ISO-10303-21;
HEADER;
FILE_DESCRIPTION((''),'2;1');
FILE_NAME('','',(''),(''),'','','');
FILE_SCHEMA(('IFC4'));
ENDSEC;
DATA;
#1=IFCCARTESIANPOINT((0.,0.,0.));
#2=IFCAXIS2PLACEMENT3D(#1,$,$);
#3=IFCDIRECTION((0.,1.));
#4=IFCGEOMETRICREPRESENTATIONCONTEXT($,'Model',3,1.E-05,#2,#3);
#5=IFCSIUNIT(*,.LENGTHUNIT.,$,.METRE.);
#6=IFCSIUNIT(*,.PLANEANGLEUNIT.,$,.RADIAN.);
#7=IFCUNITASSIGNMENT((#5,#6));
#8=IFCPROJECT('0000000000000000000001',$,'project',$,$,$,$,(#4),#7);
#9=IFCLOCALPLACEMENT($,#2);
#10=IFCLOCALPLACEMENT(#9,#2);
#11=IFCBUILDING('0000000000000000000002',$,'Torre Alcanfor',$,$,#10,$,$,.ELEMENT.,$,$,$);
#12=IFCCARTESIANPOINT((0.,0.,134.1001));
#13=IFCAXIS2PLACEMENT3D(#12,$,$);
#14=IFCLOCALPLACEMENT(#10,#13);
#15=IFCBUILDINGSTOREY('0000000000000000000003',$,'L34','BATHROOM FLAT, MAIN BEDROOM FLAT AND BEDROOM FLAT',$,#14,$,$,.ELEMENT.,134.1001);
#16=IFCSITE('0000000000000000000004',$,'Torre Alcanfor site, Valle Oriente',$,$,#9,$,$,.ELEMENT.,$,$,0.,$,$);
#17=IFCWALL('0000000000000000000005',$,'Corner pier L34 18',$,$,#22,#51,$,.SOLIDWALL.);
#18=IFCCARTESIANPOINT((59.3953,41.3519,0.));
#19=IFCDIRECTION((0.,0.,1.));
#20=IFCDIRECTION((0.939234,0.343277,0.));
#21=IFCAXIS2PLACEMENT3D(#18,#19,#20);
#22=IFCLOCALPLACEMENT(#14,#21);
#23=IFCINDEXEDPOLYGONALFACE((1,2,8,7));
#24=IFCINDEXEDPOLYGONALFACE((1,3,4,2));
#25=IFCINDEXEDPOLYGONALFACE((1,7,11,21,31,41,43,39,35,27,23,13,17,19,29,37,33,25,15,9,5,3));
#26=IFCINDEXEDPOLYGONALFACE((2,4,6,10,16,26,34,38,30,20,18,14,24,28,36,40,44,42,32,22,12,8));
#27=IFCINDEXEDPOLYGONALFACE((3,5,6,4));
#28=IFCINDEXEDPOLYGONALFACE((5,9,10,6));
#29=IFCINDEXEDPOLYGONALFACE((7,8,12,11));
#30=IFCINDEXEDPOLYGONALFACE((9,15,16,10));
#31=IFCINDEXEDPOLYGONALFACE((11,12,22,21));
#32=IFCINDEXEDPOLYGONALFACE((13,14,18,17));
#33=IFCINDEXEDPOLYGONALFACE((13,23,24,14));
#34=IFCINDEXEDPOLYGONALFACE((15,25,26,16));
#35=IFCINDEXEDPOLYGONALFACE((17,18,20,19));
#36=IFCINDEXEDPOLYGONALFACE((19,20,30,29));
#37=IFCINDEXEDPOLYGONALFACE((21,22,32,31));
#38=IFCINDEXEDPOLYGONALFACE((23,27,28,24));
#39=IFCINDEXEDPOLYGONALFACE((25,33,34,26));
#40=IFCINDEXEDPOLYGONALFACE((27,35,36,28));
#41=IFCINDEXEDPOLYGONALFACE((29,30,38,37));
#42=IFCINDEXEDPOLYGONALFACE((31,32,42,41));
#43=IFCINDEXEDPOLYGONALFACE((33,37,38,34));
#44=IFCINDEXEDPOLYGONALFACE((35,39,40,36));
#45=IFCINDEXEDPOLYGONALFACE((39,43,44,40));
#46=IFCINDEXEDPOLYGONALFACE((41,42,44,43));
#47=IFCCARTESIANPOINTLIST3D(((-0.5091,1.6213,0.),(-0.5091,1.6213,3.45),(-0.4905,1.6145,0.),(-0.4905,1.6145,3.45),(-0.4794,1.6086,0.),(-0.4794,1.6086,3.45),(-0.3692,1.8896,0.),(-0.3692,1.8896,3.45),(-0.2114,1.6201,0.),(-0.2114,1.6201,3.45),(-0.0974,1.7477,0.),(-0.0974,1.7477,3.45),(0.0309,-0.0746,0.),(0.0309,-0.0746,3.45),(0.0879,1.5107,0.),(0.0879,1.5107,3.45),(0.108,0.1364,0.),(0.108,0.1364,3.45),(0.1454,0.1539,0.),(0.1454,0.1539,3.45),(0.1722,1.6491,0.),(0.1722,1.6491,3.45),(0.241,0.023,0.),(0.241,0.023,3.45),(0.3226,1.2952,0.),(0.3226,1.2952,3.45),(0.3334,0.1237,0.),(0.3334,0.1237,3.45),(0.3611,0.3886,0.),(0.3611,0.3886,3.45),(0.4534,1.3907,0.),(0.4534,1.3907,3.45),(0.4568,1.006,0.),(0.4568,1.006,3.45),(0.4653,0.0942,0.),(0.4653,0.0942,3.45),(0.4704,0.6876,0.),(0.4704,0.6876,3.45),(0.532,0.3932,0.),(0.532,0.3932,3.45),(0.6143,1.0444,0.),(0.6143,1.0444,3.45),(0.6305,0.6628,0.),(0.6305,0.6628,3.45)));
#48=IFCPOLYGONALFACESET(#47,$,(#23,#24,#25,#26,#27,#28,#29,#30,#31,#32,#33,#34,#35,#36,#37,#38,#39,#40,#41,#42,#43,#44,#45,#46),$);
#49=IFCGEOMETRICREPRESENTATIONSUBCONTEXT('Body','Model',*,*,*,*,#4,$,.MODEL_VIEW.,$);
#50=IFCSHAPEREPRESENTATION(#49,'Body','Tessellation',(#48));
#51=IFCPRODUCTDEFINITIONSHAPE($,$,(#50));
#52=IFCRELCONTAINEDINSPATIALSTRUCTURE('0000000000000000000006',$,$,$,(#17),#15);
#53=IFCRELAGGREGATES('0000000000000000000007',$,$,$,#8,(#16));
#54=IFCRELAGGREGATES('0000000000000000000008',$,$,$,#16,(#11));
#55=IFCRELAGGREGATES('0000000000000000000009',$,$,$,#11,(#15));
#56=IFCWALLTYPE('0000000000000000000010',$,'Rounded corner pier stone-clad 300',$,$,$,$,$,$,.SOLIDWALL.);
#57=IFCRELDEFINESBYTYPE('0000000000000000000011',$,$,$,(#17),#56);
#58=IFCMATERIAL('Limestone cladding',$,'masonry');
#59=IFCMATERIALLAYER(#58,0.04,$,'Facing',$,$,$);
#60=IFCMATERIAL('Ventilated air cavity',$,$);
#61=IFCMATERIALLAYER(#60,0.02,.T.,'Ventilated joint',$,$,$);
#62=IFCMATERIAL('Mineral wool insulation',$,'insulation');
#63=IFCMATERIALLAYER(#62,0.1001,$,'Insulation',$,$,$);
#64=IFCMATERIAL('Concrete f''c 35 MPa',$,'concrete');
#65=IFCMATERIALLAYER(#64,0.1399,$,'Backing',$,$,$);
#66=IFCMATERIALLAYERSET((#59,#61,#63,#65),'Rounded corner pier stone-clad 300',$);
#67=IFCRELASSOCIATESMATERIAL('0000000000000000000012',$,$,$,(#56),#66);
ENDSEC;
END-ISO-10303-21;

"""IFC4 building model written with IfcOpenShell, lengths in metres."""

from ifc_helpers import new_model, si_unit, direction, frame, origin, place, context, subcontext, project, spatial, polyline, outline, extrude, material, layer, layer_set, type_object, element, save


model = new_model("IFC4")

# Units and contexts
model_context = context("Model", 3, precision=1e-05, world=origin(), true_north=direction((0.0, 1.0)))
body_context = subcontext(model_context, "Body", "Model", "MODEL_VIEW")
ifc_project = project(units=[si_unit("LENGTHUNIT", "METRE"), si_unit("PLANEANGLEUNIT", "RADIAN")], contexts=[model_context])

# Site, building, storey
site_placement = place(None, origin())
site = spatial("IfcSite", under=ifc_project, at=site_placement, Name="Torre Alcanfor site, Valle Oriente", CompositionType="ELEMENT", RefElevation=0.0)
building_placement = place(site_placement, origin())
building = spatial("IfcBuilding", under=site, at=building_placement, Name="Torre Alcanfor", CompositionType="ELEMENT")
storey_placement = place(building_placement, frame((0.0, 0.0, 134.1001)))
storey = spatial("IfcBuildingStorey", under=building, at=storey_placement, Name="L34", Description="BATHROOM FLAT, MAIN BEDROOM FLAT AND BEDROOM FLAT", CompositionType="ELEMENT", Elevation=134.1001)

# Shared definitions
ifc_material_1 = material(Name="Limestone cladding", Category="masonry")
ifc_material_2 = material(Name="Ventilated air cavity")
ifc_material_3 = material(Name="Mineral wool insulation", Category="insulation")
ifc_material_4 = material(Name="Concrete f'c 35 MPa", Category="concrete")

# Wall
ifc_layer_1 = layer(ifc_material_1, 0.04, Name="Facing")
ifc_layer_2 = layer(ifc_material_2, 0.02, ventilated=True, Name="Ventilated joint")
ifc_layer_3 = layer(ifc_material_3, 0.1001, Name="Insulation")
ifc_layer_4 = layer(ifc_material_4, 0.1399, Name="Backing")
ifc_layer_set_1 = layer_set([ifc_layer_1, ifc_layer_2, ifc_layer_3, ifc_layer_4], Name="Rounded corner pier stone-clad 300")
wall_type_1 = type_object("IfcWallType", Name="Rounded corner pier stone-clad 300", PredefinedType="SOLIDWALL", material=ifc_layer_set_1)
wall_1_placement = place(storey_placement, frame((59.3953, 41.3519, 0.0), z_axis=(0.0, 0.0, 1.0), x_axis=(0.939234, 0.343277, 0.0)))
element("IfcWall", 1, at=wall_1_placement, inside=storey, type_object=wall_type_1, Name="Corner pier L34 18", PredefinedType="SOLIDWALL", context=body_context, shape_type="SweptSolid", body=[
    extrude(outline(polyline([(0.532, 0.3932), (0.6305, 0.6628), (0.6143, 1.0444), (0.4534, 1.3907), (0.1722, 1.6491), (-0.0974, 1.7477), (-0.3692, 1.8896), (-0.5091, 1.6213), (-0.4905, 1.6145), (-0.4794, 1.6086), (-0.2114, 1.6201), (0.0879, 1.5107), (0.3226, 1.2952), (0.4568, 1.006), (0.4704, 0.6876), (0.3611, 0.3886), (0.1454, 0.1539), (0.108, 0.1364), (0.0309, -0.0746), (0.241, 0.023), (0.3334, 0.1237), (0.4653, 0.0942), (0.532, 0.3932)])), origin(), (0.0, 0.0, 1.0), 3.45),
])

save(model, "model.ifc")
